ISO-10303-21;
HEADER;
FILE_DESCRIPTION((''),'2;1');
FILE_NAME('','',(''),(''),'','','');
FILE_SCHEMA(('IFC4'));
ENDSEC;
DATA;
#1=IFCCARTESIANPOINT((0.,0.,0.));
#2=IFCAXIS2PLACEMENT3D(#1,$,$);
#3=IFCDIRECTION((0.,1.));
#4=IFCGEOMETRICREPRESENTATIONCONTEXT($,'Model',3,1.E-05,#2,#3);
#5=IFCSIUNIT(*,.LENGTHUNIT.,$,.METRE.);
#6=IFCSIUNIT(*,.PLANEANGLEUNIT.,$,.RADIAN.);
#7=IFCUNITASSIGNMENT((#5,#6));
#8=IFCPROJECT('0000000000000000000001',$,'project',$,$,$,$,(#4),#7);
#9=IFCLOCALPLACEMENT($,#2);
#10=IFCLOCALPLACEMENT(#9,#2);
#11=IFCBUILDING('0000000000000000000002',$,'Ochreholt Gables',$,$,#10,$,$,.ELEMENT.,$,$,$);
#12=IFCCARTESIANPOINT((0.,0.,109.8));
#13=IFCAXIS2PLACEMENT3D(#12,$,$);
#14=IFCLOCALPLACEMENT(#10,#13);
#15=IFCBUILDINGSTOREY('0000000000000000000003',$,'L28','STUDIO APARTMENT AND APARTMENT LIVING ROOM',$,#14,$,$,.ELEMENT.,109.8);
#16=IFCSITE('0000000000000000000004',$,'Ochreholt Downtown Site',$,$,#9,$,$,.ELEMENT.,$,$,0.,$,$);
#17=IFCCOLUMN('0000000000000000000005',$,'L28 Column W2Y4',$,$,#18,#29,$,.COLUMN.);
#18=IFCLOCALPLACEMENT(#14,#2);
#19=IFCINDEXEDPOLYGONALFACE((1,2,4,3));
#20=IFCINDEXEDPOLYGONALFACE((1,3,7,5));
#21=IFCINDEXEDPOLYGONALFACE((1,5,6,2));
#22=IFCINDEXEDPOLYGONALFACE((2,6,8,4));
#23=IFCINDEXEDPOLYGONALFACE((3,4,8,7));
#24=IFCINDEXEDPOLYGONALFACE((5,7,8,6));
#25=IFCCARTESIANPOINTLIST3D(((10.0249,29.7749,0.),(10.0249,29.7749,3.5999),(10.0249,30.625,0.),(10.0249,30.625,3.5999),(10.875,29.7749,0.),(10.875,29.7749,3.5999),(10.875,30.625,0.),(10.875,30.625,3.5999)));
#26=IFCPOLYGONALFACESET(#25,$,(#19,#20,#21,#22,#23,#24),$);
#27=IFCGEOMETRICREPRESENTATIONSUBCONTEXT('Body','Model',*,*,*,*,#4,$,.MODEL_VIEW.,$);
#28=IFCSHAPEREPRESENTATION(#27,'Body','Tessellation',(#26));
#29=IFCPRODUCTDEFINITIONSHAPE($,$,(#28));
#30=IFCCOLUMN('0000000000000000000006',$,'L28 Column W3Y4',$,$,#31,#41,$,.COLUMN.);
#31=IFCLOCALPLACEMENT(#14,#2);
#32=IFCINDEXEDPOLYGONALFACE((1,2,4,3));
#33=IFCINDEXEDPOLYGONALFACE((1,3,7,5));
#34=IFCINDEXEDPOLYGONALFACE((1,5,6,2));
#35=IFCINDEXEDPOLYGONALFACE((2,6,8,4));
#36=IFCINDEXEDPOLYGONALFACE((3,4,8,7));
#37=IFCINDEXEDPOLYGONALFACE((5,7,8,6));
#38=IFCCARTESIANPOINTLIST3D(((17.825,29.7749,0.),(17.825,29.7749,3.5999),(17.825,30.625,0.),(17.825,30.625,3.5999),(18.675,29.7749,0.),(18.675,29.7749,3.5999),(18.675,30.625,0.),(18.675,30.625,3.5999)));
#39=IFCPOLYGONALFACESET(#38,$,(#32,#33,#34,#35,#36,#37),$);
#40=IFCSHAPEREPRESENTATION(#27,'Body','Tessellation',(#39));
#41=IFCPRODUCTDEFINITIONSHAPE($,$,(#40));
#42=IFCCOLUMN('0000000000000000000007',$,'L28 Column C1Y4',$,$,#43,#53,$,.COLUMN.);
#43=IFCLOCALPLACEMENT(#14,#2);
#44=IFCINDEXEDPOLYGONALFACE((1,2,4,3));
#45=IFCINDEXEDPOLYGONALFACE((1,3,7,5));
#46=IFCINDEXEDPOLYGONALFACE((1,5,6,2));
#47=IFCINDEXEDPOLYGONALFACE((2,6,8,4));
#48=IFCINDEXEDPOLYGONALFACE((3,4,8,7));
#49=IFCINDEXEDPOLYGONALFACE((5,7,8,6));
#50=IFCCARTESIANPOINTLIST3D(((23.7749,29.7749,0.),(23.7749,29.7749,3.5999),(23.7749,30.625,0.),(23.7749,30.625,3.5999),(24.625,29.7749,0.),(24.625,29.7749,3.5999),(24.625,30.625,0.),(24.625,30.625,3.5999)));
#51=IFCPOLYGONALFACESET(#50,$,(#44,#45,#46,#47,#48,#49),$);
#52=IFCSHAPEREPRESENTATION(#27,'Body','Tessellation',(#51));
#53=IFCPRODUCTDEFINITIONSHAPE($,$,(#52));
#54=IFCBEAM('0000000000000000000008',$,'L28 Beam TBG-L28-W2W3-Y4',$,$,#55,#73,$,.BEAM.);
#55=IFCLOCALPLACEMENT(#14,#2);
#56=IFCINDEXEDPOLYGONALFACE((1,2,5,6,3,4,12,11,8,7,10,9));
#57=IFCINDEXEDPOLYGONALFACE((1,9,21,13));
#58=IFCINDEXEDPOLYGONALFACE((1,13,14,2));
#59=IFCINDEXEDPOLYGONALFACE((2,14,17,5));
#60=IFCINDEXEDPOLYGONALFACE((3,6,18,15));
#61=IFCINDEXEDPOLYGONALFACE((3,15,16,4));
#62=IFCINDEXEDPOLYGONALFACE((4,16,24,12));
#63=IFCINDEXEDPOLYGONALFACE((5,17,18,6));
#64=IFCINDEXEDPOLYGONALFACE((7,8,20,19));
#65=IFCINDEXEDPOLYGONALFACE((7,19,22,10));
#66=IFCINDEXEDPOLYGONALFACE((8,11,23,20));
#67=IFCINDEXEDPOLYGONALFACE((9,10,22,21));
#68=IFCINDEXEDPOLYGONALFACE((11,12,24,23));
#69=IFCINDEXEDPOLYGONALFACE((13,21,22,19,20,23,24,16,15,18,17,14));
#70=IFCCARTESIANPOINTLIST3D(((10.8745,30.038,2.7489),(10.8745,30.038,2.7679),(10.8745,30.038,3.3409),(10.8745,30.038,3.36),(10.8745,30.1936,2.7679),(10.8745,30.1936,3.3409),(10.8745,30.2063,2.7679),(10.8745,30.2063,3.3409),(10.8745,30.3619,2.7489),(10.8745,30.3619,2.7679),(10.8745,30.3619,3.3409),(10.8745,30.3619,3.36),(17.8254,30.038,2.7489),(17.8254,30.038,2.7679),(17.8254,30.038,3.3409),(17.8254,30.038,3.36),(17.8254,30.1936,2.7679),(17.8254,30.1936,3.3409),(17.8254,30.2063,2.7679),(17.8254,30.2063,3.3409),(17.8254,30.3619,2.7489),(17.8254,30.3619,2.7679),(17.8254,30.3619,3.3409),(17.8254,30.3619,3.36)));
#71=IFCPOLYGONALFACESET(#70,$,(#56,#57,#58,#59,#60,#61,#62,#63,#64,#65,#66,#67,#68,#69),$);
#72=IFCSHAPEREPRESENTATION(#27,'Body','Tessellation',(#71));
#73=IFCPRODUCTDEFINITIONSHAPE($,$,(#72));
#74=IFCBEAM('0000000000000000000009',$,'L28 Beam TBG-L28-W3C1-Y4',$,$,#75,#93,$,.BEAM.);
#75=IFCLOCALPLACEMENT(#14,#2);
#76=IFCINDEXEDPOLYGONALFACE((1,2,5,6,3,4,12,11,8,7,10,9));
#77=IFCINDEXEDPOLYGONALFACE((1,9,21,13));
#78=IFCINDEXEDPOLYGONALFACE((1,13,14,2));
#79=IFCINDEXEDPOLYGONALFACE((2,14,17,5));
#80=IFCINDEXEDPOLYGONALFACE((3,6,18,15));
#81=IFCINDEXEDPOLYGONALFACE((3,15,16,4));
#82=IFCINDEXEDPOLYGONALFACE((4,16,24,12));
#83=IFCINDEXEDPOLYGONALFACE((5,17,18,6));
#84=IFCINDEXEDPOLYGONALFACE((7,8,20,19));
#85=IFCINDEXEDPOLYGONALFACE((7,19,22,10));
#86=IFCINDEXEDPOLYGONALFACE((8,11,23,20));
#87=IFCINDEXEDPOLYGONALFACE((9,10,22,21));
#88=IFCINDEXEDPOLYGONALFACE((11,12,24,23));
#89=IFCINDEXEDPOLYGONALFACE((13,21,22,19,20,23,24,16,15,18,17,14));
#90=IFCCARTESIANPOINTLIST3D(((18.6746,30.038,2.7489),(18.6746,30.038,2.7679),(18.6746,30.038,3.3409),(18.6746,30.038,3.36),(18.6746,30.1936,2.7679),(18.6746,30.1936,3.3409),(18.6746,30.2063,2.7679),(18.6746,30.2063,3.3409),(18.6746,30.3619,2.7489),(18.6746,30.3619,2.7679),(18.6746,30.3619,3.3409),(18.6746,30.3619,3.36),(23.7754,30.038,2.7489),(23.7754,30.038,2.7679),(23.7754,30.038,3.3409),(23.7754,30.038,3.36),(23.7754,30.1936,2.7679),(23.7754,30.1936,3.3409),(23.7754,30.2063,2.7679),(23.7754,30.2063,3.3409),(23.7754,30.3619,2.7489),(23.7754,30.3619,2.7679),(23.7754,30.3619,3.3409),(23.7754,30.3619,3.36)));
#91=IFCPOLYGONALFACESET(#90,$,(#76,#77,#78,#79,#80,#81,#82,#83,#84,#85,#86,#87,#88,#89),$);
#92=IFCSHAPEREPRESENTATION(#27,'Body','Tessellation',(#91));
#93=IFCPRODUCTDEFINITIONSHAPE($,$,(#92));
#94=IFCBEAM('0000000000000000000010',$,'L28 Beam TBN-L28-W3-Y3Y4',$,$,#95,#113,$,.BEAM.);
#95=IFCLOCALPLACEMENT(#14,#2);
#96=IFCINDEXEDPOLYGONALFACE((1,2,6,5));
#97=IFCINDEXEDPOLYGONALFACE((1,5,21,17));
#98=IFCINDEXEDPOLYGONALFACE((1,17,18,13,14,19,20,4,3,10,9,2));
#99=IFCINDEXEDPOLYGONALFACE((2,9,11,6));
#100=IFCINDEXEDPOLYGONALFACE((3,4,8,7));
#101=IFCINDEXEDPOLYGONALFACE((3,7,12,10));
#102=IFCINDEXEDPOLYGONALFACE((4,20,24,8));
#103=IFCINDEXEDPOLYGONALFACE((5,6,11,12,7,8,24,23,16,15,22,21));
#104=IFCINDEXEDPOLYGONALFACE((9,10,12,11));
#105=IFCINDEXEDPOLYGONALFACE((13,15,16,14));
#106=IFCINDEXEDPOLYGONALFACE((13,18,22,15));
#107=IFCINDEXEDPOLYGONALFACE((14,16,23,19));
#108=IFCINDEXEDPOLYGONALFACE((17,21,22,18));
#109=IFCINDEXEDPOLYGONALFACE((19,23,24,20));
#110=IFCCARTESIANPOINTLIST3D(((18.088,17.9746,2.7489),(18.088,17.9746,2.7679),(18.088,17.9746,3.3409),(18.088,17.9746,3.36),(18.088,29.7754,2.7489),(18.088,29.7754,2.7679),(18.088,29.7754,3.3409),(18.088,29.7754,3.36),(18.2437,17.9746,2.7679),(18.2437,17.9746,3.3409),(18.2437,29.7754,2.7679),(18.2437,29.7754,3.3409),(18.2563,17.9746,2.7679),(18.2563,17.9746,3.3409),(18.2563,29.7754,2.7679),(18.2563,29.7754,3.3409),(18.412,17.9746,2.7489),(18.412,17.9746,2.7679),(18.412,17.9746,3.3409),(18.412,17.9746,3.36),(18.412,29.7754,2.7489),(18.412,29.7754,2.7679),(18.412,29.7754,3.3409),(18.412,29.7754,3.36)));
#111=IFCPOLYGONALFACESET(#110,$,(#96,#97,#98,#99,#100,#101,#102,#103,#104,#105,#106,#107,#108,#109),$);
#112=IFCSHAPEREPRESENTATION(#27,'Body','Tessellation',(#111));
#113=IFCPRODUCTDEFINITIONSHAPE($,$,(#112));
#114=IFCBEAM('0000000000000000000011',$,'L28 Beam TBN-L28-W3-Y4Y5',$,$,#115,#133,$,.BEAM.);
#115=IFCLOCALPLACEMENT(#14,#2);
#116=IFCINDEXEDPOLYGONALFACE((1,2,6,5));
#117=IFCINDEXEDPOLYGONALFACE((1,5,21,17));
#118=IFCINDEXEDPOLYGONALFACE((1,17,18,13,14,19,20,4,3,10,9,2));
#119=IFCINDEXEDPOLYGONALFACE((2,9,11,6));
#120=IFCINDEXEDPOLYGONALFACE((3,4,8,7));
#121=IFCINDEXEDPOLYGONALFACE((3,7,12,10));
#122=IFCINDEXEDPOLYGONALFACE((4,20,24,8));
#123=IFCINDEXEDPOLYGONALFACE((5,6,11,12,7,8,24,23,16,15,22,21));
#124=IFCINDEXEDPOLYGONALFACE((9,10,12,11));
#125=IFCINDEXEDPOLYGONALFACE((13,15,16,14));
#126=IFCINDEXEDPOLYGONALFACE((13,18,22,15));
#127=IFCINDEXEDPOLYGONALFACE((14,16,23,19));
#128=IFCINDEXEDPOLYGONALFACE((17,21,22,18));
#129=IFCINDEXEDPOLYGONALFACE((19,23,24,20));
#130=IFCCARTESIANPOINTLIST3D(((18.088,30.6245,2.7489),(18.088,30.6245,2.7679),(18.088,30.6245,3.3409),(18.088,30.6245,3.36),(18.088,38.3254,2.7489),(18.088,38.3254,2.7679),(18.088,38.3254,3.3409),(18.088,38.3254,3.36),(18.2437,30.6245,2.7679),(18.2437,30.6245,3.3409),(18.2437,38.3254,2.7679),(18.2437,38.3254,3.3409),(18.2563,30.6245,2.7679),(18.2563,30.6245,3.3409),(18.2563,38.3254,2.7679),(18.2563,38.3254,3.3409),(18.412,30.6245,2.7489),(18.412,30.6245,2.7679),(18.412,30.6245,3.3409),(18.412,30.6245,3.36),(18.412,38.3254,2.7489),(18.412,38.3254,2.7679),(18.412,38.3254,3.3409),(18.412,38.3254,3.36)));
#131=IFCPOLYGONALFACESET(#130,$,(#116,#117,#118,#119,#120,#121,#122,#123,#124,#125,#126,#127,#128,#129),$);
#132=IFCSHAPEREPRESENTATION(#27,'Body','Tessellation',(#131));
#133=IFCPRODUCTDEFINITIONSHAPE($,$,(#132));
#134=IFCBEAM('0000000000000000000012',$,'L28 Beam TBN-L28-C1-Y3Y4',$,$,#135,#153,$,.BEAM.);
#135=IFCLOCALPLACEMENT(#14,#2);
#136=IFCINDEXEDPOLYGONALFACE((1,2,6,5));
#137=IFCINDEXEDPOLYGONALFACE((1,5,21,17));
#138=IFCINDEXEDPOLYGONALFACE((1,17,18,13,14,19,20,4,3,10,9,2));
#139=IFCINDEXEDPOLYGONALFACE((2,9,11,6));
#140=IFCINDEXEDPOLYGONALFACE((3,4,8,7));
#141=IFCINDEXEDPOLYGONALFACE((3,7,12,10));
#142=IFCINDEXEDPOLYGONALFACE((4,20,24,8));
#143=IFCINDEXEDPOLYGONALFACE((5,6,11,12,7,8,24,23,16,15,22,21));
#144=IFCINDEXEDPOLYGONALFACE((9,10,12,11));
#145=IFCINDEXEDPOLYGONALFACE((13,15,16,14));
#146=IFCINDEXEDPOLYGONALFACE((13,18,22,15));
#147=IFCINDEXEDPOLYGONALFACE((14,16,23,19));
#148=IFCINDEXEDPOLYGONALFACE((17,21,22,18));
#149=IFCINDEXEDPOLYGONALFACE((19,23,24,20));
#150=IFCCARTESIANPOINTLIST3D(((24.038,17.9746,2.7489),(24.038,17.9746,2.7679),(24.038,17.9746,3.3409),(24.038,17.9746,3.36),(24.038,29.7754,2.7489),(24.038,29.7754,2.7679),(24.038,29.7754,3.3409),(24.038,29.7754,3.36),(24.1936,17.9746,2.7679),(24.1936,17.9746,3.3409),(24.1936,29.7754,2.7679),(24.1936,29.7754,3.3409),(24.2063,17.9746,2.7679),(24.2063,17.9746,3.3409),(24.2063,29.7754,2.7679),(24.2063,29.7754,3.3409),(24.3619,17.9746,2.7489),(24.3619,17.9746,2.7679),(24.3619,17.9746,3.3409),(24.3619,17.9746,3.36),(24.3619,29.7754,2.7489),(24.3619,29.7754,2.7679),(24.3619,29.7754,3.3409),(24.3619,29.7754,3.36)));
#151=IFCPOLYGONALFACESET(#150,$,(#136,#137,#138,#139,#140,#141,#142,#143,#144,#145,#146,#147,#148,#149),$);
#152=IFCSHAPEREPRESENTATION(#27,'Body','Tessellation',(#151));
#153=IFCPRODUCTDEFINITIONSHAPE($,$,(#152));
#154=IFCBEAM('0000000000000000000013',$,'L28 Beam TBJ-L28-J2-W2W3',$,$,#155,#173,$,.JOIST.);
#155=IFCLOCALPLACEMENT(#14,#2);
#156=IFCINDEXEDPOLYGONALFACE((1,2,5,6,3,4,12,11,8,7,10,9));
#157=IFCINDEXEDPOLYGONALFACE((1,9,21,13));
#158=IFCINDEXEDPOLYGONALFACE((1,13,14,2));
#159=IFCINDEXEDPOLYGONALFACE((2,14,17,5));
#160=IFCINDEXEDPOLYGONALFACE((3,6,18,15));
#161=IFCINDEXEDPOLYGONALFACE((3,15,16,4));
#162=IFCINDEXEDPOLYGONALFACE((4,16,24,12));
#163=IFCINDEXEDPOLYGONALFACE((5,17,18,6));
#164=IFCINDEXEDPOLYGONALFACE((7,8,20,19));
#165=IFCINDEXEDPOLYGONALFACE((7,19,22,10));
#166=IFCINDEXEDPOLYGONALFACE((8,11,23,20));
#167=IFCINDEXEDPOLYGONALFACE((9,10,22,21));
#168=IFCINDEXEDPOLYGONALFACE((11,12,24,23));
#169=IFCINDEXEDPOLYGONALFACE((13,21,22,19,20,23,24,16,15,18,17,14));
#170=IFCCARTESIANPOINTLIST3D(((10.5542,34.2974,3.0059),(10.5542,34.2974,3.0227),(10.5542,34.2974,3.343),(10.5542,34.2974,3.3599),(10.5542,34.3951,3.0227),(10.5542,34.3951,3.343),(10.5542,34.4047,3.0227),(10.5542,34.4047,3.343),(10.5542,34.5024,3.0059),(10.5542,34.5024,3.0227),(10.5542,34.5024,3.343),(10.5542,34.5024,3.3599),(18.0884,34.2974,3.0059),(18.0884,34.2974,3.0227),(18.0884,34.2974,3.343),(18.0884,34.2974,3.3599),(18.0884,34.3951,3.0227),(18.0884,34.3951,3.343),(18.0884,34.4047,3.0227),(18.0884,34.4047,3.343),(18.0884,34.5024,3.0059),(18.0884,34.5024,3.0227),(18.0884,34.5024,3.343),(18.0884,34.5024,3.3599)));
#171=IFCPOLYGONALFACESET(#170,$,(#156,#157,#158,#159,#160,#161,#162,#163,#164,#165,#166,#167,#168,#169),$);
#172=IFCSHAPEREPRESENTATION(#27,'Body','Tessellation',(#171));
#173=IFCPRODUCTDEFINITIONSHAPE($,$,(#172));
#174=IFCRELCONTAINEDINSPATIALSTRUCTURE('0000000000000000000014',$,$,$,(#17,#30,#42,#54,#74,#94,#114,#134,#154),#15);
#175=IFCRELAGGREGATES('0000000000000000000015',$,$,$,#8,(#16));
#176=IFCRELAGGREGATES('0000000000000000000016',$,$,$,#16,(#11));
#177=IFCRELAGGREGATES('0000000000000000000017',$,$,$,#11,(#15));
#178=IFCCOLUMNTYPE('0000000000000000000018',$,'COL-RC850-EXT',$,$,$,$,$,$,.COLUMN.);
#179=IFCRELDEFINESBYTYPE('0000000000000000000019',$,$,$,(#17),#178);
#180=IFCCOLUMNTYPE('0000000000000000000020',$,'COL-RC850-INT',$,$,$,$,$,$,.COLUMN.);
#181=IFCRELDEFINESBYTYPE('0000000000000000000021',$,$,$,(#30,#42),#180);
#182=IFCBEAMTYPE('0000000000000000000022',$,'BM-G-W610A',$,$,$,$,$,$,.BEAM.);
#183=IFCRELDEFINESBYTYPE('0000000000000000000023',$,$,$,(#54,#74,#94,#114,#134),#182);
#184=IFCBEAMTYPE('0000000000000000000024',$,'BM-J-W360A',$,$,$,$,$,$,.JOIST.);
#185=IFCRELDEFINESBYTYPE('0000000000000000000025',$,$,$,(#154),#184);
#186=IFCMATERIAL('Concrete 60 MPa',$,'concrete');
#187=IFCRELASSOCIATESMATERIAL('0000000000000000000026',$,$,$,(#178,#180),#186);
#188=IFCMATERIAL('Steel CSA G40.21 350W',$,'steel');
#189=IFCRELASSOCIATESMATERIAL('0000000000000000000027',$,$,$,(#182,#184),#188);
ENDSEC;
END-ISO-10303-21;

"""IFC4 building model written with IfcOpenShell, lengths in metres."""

from ifc_helpers import new_model, si_unit, direction, frame, origin, origin_2d, place, context, subcontext, project, spatial, rectangle, i_section, extrude, material, material_profile, profile_set, type_object, element, save


model = new_model("IFC4")

# Units and contexts
model_context = context("Model", 3, precision=1e-05, world=origin(), true_north=direction((0.0, 1.0)))
body_context = subcontext(model_context, "Body", "Model", "MODEL_VIEW")
ifc_project = project(units=[si_unit("LENGTHUNIT", "METRE"), si_unit("PLANEANGLEUNIT", "RADIAN")], contexts=[model_context])

# Site, building, storey
site_placement = place(None, origin())
site = spatial("IfcSite", under=ifc_project, at=site_placement, Name="Ochreholt Downtown Site", CompositionType="ELEMENT", RefElevation=0.0)
building_placement = place(site_placement, origin())
building = spatial("IfcBuilding", under=site, at=building_placement, Name="Ochreholt Gables", CompositionType="ELEMENT")
storey_placement = place(building_placement, frame((0.0, 0.0, 109.8)))
storey = spatial("IfcBuildingStorey", under=building, at=storey_placement, Name="L28", Description="STUDIO APARTMENT AND APARTMENT LIVING ROOM", CompositionType="ELEMENT", Elevation=109.8)

# Columns
ifc_material_1 = material(Name="Concrete 60 MPa", Category="concrete")
ifc_material_profile_1 = material_profile(ifc_material_1, rectangle(XDim=0.8501, YDim=0.8501, at=origin_2d()), Name="RC850X850")
ifc_profile_set_1 = profile_set([ifc_material_profile_1], Name="Concrete 60 MPa")
column_type_1 = type_object("IfcColumnType", Name="COL-RC850-EXT", PredefinedType="COLUMN", material=ifc_profile_set_1)
column_placement = place(storey_placement, frame((10.45, 30.2, 0.0), z_axis=(0.0, 0.0, 1.0), x_axis=(1.0, 0.0, 0.0)))
element("IfcColumn", 1, at=column_placement, inside=storey, type_object=column_type_1, Name="L28 Column W2Y4", PredefinedType="COLUMN", context=body_context, shape_type="SweptSolid", body=[
    extrude(rectangle(XDim=0.8501, YDim=0.8501, at=origin_2d()), origin(), (0.0, 0.0, 1.0), 3.5999),
])
ifc_material_profile_2 = material_profile(ifc_material_1, rectangle(XDim=0.8501, YDim=0.8501, at=origin_2d()), Name="RC850X850")
ifc_profile_set_2 = profile_set([ifc_material_profile_2], Name="Concrete 60 MPa")
column_type_2 = type_object("IfcColumnType", Name="COL-RC850-INT", PredefinedType="COLUMN", material=ifc_profile_set_2)
for number, where, z_axis, x_axis, name in (
    (2, (18.25, 30.2, 0.0), (0.0, 0.0, 1.0), (1.0, 0.0, 0.0), "L28 Column W3Y4"),
    (3, (24.2, 30.2, 0.0), (0.0, 0.0, 1.0), (1.0, 0.0, 0.0), "L28 Column C1Y4"),
):
    element("IfcColumn", number, at=place(storey_placement, frame(where, z_axis=z_axis, x_axis=x_axis)), inside=storey, type_object=column_type_2, Name=name, PredefinedType="COLUMN", context=body_context, shape_type="SweptSolid", body=[
        extrude(rectangle(XDim=0.8501, YDim=0.8501, at=origin_2d()), origin(), (0.0, 0.0, 1.0), 3.5999),
    ])

# Beams
ifc_material_2 = material(Name="Steel CSA G40.21 350W", Category="steel")
ifc_material_profile_3 = material_profile(ifc_material_2, i_section(OverallWidth=0.324, OverallDepth=0.6111, WebThickness=0.0127, FlangeThickness=0.019, at=origin_2d()), Name="W610X155")
ifc_profile_set_3 = profile_set([ifc_material_profile_3], Name="Steel CSA G40.21 350W")
beam_type_1 = type_object("IfcBeamType", Name="BM-G-W610A", PredefinedType="BEAM", material=ifc_profile_set_3)
beam_1_placement = place(storey_placement, frame((10.8745, 30.2, 3.0544), z_axis=(1.0, 0.0, 0.0), x_axis=(0.0, 1.0, 0.0)))
element("IfcBeam", 4, at=beam_1_placement, inside=storey, type_object=beam_type_1, Name="L28 Beam TBG-L28-W2W3-Y4", PredefinedType="BEAM", context=body_context, shape_type="SweptSolid", body=[
    extrude(i_section(OverallWidth=0.324, OverallDepth=0.6111, WebThickness=0.0127, FlangeThickness=0.019, at=origin_2d()), origin(), (0.0, 0.0, 1.0), 6.9509),
])
beam_2_placement = place(storey_placement, frame((18.6746, 30.2, 3.0544), z_axis=(1.0, 0.0, 0.0), x_axis=(0.0, 1.0, 0.0)))
element("IfcBeam", 5, at=beam_2_placement, inside=storey, type_object=beam_type_1, Name="L28 Beam TBG-L28-W3C1-Y4", PredefinedType="BEAM", context=body_context, shape_type="SweptSolid", body=[
    extrude(i_section(OverallWidth=0.324, OverallDepth=0.6111, WebThickness=0.0127, FlangeThickness=0.019, at=origin_2d()), origin(), (0.0, 0.0, 1.0), 5.1008),
])
beam_3_placement = place(storey_placement, frame((18.25, 17.9746, 3.0544), z_axis=(0.0, 1.0, 0.0), x_axis=(-1.0, 0.0, 0.0)))
element("IfcBeam", 6, at=beam_3_placement, inside=storey, type_object=beam_type_1, Name="L28 Beam TBN-L28-W3-Y3Y4", PredefinedType="BEAM", context=body_context, shape_type="SweptSolid", body=[
    extrude(i_section(OverallWidth=0.324, OverallDepth=0.6111, WebThickness=0.0127, FlangeThickness=0.019, at=origin_2d()), origin(), (0.0, 0.0, 1.0), 11.8008),
])
beam_4_placement = place(storey_placement, frame((18.25, 30.6245, 3.0544), z_axis=(0.0, 1.0, 0.0), x_axis=(-1.0, 0.0, 0.0)))
element("IfcBeam", 7, at=beam_4_placement, inside=storey, type_object=beam_type_1, Name="L28 Beam TBN-L28-W3-Y4Y5", PredefinedType="BEAM", context=body_context, shape_type="SweptSolid", body=[
    extrude(i_section(OverallWidth=0.324, OverallDepth=0.6111, WebThickness=0.0127, FlangeThickness=0.019, at=origin_2d()), origin(), (0.0, 0.0, 1.0), 7.7009),
])
beam_5_placement = place(storey_placement, frame((24.2, 17.9746, 3.0544), z_axis=(0.0, 1.0, 0.0), x_axis=(-1.0, 0.0, 0.0)))
element("IfcBeam", 8, at=beam_5_placement, inside=storey, type_object=beam_type_1, Name="L28 Beam TBN-L28-C1-Y3Y4", PredefinedType="BEAM", context=body_context, shape_type="SweptSolid", body=[
    extrude(i_section(OverallWidth=0.324, OverallDepth=0.6111, WebThickness=0.0127, FlangeThickness=0.019, at=origin_2d()), origin(), (0.0, 0.0, 1.0), 11.8008),
])
ifc_material_profile_4 = material_profile(ifc_material_2, i_section(OverallWidth=0.2051, OverallDepth=0.354, WebThickness=0.0095, FlangeThickness=0.0168, at=origin_2d()), Name="W360X79")
ifc_profile_set_4 = profile_set([ifc_material_profile_4], Name="Steel CSA G40.21 350W")
beam_type_2 = type_object("IfcBeamType", Name="BM-J-W360A", PredefinedType="JOIST", material=ifc_profile_set_4)
beam_6_placement = place(storey_placement, frame((10.5542, 34.3999, 3.1829), z_axis=(1.0, 0.0, 0.0), x_axis=(0.0, 1.0, 0.0)))
element("IfcBeam", 9, at=beam_6_placement, inside=storey, type_object=beam_type_2, Name="L28 Beam TBJ-L28-J2-W2W3", PredefinedType="JOIST", context=body_context, shape_type="SweptSolid", body=[
    extrude(i_section(OverallWidth=0.2051, OverallDepth=0.354, WebThickness=0.0095, FlangeThickness=0.0168, at=origin_2d()), origin(), (0.0, 0.0, 1.0), 7.5342),
])

save(model, "model.ifc")
